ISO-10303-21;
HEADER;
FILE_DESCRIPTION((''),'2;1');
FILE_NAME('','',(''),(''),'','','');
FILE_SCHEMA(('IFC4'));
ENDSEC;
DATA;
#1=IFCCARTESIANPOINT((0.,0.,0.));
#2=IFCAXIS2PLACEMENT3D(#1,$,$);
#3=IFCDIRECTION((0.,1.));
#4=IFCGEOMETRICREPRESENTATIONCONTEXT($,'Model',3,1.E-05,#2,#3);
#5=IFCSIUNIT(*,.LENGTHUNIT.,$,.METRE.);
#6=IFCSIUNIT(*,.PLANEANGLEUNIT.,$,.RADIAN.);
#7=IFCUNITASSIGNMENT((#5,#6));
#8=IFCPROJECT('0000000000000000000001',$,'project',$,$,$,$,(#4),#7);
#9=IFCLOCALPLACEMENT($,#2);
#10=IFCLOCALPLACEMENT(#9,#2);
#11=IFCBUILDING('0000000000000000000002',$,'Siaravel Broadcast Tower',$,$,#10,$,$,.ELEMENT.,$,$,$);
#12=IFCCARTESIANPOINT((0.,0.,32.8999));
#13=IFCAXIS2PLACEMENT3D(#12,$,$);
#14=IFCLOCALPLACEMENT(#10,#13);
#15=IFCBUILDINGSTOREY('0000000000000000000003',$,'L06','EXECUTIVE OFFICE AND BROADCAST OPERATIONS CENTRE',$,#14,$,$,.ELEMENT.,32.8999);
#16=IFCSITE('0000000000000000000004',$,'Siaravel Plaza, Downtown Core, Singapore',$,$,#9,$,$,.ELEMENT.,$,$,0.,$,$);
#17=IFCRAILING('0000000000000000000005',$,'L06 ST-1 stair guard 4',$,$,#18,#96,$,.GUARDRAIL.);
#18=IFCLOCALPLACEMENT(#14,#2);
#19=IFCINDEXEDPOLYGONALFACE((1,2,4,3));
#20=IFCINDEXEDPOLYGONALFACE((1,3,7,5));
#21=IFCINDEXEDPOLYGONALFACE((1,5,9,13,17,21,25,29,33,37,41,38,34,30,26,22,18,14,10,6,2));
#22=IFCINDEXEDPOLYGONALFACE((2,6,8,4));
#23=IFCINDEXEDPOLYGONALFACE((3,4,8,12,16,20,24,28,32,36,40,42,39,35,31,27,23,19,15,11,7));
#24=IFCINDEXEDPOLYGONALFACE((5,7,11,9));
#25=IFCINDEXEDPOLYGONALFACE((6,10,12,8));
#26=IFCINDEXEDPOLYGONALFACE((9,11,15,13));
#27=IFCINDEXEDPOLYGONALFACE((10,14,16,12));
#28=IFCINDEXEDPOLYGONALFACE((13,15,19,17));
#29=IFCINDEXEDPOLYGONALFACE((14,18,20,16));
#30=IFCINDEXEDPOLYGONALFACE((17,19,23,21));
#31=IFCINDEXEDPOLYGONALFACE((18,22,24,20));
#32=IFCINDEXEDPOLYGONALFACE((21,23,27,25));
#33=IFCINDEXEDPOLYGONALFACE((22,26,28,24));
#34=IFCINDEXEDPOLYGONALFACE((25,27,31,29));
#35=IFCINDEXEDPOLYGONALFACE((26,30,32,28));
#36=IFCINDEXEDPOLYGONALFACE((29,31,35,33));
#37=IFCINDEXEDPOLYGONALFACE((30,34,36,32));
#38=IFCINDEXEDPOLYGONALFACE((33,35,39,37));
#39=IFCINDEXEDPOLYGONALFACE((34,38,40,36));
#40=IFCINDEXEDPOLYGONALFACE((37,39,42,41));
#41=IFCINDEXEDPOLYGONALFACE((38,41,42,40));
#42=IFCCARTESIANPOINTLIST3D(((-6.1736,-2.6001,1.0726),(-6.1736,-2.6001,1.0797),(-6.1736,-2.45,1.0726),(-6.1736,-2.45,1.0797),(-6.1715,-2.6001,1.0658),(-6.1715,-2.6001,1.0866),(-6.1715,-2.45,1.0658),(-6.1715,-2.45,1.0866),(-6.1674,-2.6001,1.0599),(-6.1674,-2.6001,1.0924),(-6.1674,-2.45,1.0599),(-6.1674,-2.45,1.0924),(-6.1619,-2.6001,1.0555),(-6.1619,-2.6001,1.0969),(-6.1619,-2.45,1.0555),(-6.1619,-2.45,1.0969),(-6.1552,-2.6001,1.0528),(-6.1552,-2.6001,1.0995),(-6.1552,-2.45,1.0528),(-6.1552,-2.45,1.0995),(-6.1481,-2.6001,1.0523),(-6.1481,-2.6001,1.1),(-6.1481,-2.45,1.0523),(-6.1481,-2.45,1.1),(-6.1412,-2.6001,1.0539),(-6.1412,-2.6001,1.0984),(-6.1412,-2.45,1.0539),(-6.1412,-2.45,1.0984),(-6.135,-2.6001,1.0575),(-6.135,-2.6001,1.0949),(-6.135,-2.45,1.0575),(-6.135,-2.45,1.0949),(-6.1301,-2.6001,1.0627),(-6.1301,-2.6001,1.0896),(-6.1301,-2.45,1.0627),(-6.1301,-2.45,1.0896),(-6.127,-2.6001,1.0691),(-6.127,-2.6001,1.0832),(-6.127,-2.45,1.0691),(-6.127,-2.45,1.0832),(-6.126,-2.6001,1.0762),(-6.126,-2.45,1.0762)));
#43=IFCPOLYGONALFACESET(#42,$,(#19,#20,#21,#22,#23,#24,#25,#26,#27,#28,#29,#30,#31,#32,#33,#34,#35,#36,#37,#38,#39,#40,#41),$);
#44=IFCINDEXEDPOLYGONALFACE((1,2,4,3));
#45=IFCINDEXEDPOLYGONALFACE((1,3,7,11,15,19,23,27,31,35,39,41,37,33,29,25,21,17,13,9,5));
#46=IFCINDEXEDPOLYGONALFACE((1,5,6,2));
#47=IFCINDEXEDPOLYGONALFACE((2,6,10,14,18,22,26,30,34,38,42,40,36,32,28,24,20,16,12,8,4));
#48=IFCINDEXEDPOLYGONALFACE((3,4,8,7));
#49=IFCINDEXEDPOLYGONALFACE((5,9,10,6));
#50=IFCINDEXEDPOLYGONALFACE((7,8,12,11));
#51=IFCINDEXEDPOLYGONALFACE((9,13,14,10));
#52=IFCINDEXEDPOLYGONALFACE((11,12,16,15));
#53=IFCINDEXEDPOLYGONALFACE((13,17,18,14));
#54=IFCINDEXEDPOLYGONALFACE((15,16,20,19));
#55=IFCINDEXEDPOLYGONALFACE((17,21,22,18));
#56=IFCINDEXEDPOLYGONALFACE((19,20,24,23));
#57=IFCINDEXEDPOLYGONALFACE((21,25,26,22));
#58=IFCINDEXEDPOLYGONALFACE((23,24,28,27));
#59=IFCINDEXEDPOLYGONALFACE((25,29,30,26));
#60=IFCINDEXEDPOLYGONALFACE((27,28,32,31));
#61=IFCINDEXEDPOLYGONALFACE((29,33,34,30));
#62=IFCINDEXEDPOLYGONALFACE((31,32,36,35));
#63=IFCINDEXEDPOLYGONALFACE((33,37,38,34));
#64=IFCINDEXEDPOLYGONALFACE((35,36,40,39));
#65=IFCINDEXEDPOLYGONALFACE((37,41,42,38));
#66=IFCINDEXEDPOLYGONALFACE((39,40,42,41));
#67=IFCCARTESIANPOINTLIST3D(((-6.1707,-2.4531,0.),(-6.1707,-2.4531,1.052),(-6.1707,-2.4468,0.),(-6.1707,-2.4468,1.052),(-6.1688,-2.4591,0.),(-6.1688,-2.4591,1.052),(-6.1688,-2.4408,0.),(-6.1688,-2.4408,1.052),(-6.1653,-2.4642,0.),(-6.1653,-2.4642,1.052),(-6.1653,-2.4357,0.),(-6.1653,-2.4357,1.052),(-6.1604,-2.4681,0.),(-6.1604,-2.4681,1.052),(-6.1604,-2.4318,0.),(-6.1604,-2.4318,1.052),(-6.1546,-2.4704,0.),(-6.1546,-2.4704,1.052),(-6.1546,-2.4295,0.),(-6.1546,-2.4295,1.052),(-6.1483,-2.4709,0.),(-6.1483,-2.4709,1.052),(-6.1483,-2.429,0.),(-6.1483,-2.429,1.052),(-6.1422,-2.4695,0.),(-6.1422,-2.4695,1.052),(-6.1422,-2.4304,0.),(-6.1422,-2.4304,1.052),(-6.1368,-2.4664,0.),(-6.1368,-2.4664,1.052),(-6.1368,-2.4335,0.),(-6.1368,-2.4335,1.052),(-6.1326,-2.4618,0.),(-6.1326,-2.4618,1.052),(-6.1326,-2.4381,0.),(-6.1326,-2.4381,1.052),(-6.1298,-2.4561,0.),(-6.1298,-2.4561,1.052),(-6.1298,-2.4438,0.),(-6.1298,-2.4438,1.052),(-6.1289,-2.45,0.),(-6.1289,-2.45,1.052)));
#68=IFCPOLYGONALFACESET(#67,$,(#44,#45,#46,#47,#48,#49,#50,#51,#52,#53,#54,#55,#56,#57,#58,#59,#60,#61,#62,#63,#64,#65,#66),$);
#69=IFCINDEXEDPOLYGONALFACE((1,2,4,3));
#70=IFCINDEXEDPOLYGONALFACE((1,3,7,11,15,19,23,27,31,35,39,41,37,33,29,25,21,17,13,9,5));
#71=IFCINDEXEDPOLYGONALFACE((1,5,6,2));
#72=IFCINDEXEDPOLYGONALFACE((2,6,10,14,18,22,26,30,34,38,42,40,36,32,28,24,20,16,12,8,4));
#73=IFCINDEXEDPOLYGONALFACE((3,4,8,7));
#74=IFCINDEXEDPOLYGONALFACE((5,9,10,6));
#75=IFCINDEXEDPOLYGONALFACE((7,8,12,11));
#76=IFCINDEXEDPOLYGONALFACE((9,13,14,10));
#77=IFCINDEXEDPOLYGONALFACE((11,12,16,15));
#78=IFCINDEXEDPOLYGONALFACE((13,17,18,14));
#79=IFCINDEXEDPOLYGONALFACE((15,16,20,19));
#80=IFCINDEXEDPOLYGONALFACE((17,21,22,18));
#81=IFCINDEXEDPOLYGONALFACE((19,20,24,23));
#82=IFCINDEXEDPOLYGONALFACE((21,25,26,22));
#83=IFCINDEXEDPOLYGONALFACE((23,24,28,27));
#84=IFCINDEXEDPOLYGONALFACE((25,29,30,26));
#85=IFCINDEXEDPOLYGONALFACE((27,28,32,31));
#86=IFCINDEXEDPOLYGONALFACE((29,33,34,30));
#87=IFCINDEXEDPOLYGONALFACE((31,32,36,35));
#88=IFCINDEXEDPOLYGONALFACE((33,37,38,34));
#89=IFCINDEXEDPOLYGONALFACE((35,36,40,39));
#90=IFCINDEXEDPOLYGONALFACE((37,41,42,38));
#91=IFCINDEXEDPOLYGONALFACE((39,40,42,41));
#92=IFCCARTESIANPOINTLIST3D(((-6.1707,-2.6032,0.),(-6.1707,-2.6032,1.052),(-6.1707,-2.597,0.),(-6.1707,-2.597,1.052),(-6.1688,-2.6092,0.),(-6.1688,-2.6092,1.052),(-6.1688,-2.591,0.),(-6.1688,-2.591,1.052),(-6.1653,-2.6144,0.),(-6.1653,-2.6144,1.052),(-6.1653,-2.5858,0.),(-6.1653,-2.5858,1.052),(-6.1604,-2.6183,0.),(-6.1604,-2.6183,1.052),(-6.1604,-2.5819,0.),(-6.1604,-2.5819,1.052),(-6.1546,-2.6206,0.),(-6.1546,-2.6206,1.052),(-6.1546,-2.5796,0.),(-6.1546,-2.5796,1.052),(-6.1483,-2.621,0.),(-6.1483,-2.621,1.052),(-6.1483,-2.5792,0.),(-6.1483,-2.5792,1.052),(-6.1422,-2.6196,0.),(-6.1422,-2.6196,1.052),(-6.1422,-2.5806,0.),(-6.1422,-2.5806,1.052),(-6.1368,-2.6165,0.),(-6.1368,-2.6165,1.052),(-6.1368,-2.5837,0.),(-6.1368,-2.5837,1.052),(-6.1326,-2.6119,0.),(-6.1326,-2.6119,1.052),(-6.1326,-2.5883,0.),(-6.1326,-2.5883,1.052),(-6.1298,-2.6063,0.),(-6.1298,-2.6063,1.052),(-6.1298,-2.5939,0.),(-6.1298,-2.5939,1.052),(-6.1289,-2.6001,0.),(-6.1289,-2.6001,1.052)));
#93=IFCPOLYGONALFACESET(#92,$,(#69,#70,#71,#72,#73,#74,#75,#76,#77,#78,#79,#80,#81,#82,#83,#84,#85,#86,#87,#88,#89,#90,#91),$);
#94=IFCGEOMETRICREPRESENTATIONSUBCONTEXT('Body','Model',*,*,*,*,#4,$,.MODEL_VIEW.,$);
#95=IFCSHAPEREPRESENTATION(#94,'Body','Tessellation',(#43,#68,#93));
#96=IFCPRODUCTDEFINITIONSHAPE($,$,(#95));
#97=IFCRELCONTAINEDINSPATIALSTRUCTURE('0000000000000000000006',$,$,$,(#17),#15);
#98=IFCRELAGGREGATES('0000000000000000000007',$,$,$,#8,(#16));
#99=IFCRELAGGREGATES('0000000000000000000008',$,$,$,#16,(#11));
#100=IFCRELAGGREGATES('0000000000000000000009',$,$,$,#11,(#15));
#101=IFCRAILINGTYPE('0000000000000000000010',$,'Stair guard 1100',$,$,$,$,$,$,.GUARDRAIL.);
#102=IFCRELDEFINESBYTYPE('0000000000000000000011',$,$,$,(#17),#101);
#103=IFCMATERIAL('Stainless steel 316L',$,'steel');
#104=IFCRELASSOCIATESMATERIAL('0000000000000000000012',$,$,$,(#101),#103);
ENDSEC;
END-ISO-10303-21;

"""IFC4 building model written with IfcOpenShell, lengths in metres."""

from ifc_helpers import new_model, si_unit, direction, frame, origin, origin_2d, place, context, subcontext, project, spatial, circle, extrude, material, type_object, element, save


model = new_model("IFC4")

# Units and contexts
model_context = context("Model", 3, precision=1e-05, world=origin(), true_north=direction((0.0, 1.0)))
body_context = subcontext(model_context, "Body", "Model", "MODEL_VIEW")
ifc_project = project(units=[si_unit("LENGTHUNIT", "METRE"), si_unit("PLANEANGLEUNIT", "RADIAN")], contexts=[model_context])

# Site, building, storey
site_placement = place(None, origin())
site = spatial("IfcSite", under=ifc_project, at=site_placement, Name="Siaravel Plaza, Downtown Core, Singapore", CompositionType="ELEMENT", RefElevation=0.0)
building_placement = place(site_placement, origin())
building = spatial("IfcBuilding", under=site, at=building_placement, Name="Siaravel Broadcast Tower", CompositionType="ELEMENT")
storey_placement = place(building_placement, frame((0.0, 0.0, 32.8999)))
storey = spatial("IfcBuildingStorey", under=building, at=storey_placement, Name="L06", Description="EXECUTIVE OFFICE AND BROADCAST OPERATIONS CENTRE", CompositionType="ELEMENT", Elevation=32.8999)

# Railing
ifc_material_1 = material(Name="Stainless steel 316L", Category="steel")
railing_type_1 = type_object("IfcRailingType", Name="Stair guard 1100", PredefinedType="GUARDRAIL", material=ifc_material_1)
railing_1_placement = place(storey_placement, frame((-6.1499, -2.45, 0.0)))
element("IfcRailing", 1, at=railing_1_placement, inside=storey, type_object=railing_type_1, Name="L06 ST-1 stair guard 4", PredefinedType="GUARDRAIL", context=body_context, shape_type="SweptSolid", body=[
    extrude(circle(Radius=0.0239, at=origin_2d()), frame((0.0, 0.0, 1.0762), z_axis=(0.0, -1.0, 0.0), x_axis=(1.0, 0.0, 0.0)), (0.0, 0.0, 1.0), 0.1501),
    extrude(circle(Radius=0.021, at=origin_2d()), origin(), (0.0, 0.0, 1.0), 1.052),
    extrude(circle(Radius=0.021, at=origin_2d()), frame((0.0, -0.1501, 0.0)), (0.0, 0.0, 1.0), 1.052),
])

save(model, "model.ifc")
